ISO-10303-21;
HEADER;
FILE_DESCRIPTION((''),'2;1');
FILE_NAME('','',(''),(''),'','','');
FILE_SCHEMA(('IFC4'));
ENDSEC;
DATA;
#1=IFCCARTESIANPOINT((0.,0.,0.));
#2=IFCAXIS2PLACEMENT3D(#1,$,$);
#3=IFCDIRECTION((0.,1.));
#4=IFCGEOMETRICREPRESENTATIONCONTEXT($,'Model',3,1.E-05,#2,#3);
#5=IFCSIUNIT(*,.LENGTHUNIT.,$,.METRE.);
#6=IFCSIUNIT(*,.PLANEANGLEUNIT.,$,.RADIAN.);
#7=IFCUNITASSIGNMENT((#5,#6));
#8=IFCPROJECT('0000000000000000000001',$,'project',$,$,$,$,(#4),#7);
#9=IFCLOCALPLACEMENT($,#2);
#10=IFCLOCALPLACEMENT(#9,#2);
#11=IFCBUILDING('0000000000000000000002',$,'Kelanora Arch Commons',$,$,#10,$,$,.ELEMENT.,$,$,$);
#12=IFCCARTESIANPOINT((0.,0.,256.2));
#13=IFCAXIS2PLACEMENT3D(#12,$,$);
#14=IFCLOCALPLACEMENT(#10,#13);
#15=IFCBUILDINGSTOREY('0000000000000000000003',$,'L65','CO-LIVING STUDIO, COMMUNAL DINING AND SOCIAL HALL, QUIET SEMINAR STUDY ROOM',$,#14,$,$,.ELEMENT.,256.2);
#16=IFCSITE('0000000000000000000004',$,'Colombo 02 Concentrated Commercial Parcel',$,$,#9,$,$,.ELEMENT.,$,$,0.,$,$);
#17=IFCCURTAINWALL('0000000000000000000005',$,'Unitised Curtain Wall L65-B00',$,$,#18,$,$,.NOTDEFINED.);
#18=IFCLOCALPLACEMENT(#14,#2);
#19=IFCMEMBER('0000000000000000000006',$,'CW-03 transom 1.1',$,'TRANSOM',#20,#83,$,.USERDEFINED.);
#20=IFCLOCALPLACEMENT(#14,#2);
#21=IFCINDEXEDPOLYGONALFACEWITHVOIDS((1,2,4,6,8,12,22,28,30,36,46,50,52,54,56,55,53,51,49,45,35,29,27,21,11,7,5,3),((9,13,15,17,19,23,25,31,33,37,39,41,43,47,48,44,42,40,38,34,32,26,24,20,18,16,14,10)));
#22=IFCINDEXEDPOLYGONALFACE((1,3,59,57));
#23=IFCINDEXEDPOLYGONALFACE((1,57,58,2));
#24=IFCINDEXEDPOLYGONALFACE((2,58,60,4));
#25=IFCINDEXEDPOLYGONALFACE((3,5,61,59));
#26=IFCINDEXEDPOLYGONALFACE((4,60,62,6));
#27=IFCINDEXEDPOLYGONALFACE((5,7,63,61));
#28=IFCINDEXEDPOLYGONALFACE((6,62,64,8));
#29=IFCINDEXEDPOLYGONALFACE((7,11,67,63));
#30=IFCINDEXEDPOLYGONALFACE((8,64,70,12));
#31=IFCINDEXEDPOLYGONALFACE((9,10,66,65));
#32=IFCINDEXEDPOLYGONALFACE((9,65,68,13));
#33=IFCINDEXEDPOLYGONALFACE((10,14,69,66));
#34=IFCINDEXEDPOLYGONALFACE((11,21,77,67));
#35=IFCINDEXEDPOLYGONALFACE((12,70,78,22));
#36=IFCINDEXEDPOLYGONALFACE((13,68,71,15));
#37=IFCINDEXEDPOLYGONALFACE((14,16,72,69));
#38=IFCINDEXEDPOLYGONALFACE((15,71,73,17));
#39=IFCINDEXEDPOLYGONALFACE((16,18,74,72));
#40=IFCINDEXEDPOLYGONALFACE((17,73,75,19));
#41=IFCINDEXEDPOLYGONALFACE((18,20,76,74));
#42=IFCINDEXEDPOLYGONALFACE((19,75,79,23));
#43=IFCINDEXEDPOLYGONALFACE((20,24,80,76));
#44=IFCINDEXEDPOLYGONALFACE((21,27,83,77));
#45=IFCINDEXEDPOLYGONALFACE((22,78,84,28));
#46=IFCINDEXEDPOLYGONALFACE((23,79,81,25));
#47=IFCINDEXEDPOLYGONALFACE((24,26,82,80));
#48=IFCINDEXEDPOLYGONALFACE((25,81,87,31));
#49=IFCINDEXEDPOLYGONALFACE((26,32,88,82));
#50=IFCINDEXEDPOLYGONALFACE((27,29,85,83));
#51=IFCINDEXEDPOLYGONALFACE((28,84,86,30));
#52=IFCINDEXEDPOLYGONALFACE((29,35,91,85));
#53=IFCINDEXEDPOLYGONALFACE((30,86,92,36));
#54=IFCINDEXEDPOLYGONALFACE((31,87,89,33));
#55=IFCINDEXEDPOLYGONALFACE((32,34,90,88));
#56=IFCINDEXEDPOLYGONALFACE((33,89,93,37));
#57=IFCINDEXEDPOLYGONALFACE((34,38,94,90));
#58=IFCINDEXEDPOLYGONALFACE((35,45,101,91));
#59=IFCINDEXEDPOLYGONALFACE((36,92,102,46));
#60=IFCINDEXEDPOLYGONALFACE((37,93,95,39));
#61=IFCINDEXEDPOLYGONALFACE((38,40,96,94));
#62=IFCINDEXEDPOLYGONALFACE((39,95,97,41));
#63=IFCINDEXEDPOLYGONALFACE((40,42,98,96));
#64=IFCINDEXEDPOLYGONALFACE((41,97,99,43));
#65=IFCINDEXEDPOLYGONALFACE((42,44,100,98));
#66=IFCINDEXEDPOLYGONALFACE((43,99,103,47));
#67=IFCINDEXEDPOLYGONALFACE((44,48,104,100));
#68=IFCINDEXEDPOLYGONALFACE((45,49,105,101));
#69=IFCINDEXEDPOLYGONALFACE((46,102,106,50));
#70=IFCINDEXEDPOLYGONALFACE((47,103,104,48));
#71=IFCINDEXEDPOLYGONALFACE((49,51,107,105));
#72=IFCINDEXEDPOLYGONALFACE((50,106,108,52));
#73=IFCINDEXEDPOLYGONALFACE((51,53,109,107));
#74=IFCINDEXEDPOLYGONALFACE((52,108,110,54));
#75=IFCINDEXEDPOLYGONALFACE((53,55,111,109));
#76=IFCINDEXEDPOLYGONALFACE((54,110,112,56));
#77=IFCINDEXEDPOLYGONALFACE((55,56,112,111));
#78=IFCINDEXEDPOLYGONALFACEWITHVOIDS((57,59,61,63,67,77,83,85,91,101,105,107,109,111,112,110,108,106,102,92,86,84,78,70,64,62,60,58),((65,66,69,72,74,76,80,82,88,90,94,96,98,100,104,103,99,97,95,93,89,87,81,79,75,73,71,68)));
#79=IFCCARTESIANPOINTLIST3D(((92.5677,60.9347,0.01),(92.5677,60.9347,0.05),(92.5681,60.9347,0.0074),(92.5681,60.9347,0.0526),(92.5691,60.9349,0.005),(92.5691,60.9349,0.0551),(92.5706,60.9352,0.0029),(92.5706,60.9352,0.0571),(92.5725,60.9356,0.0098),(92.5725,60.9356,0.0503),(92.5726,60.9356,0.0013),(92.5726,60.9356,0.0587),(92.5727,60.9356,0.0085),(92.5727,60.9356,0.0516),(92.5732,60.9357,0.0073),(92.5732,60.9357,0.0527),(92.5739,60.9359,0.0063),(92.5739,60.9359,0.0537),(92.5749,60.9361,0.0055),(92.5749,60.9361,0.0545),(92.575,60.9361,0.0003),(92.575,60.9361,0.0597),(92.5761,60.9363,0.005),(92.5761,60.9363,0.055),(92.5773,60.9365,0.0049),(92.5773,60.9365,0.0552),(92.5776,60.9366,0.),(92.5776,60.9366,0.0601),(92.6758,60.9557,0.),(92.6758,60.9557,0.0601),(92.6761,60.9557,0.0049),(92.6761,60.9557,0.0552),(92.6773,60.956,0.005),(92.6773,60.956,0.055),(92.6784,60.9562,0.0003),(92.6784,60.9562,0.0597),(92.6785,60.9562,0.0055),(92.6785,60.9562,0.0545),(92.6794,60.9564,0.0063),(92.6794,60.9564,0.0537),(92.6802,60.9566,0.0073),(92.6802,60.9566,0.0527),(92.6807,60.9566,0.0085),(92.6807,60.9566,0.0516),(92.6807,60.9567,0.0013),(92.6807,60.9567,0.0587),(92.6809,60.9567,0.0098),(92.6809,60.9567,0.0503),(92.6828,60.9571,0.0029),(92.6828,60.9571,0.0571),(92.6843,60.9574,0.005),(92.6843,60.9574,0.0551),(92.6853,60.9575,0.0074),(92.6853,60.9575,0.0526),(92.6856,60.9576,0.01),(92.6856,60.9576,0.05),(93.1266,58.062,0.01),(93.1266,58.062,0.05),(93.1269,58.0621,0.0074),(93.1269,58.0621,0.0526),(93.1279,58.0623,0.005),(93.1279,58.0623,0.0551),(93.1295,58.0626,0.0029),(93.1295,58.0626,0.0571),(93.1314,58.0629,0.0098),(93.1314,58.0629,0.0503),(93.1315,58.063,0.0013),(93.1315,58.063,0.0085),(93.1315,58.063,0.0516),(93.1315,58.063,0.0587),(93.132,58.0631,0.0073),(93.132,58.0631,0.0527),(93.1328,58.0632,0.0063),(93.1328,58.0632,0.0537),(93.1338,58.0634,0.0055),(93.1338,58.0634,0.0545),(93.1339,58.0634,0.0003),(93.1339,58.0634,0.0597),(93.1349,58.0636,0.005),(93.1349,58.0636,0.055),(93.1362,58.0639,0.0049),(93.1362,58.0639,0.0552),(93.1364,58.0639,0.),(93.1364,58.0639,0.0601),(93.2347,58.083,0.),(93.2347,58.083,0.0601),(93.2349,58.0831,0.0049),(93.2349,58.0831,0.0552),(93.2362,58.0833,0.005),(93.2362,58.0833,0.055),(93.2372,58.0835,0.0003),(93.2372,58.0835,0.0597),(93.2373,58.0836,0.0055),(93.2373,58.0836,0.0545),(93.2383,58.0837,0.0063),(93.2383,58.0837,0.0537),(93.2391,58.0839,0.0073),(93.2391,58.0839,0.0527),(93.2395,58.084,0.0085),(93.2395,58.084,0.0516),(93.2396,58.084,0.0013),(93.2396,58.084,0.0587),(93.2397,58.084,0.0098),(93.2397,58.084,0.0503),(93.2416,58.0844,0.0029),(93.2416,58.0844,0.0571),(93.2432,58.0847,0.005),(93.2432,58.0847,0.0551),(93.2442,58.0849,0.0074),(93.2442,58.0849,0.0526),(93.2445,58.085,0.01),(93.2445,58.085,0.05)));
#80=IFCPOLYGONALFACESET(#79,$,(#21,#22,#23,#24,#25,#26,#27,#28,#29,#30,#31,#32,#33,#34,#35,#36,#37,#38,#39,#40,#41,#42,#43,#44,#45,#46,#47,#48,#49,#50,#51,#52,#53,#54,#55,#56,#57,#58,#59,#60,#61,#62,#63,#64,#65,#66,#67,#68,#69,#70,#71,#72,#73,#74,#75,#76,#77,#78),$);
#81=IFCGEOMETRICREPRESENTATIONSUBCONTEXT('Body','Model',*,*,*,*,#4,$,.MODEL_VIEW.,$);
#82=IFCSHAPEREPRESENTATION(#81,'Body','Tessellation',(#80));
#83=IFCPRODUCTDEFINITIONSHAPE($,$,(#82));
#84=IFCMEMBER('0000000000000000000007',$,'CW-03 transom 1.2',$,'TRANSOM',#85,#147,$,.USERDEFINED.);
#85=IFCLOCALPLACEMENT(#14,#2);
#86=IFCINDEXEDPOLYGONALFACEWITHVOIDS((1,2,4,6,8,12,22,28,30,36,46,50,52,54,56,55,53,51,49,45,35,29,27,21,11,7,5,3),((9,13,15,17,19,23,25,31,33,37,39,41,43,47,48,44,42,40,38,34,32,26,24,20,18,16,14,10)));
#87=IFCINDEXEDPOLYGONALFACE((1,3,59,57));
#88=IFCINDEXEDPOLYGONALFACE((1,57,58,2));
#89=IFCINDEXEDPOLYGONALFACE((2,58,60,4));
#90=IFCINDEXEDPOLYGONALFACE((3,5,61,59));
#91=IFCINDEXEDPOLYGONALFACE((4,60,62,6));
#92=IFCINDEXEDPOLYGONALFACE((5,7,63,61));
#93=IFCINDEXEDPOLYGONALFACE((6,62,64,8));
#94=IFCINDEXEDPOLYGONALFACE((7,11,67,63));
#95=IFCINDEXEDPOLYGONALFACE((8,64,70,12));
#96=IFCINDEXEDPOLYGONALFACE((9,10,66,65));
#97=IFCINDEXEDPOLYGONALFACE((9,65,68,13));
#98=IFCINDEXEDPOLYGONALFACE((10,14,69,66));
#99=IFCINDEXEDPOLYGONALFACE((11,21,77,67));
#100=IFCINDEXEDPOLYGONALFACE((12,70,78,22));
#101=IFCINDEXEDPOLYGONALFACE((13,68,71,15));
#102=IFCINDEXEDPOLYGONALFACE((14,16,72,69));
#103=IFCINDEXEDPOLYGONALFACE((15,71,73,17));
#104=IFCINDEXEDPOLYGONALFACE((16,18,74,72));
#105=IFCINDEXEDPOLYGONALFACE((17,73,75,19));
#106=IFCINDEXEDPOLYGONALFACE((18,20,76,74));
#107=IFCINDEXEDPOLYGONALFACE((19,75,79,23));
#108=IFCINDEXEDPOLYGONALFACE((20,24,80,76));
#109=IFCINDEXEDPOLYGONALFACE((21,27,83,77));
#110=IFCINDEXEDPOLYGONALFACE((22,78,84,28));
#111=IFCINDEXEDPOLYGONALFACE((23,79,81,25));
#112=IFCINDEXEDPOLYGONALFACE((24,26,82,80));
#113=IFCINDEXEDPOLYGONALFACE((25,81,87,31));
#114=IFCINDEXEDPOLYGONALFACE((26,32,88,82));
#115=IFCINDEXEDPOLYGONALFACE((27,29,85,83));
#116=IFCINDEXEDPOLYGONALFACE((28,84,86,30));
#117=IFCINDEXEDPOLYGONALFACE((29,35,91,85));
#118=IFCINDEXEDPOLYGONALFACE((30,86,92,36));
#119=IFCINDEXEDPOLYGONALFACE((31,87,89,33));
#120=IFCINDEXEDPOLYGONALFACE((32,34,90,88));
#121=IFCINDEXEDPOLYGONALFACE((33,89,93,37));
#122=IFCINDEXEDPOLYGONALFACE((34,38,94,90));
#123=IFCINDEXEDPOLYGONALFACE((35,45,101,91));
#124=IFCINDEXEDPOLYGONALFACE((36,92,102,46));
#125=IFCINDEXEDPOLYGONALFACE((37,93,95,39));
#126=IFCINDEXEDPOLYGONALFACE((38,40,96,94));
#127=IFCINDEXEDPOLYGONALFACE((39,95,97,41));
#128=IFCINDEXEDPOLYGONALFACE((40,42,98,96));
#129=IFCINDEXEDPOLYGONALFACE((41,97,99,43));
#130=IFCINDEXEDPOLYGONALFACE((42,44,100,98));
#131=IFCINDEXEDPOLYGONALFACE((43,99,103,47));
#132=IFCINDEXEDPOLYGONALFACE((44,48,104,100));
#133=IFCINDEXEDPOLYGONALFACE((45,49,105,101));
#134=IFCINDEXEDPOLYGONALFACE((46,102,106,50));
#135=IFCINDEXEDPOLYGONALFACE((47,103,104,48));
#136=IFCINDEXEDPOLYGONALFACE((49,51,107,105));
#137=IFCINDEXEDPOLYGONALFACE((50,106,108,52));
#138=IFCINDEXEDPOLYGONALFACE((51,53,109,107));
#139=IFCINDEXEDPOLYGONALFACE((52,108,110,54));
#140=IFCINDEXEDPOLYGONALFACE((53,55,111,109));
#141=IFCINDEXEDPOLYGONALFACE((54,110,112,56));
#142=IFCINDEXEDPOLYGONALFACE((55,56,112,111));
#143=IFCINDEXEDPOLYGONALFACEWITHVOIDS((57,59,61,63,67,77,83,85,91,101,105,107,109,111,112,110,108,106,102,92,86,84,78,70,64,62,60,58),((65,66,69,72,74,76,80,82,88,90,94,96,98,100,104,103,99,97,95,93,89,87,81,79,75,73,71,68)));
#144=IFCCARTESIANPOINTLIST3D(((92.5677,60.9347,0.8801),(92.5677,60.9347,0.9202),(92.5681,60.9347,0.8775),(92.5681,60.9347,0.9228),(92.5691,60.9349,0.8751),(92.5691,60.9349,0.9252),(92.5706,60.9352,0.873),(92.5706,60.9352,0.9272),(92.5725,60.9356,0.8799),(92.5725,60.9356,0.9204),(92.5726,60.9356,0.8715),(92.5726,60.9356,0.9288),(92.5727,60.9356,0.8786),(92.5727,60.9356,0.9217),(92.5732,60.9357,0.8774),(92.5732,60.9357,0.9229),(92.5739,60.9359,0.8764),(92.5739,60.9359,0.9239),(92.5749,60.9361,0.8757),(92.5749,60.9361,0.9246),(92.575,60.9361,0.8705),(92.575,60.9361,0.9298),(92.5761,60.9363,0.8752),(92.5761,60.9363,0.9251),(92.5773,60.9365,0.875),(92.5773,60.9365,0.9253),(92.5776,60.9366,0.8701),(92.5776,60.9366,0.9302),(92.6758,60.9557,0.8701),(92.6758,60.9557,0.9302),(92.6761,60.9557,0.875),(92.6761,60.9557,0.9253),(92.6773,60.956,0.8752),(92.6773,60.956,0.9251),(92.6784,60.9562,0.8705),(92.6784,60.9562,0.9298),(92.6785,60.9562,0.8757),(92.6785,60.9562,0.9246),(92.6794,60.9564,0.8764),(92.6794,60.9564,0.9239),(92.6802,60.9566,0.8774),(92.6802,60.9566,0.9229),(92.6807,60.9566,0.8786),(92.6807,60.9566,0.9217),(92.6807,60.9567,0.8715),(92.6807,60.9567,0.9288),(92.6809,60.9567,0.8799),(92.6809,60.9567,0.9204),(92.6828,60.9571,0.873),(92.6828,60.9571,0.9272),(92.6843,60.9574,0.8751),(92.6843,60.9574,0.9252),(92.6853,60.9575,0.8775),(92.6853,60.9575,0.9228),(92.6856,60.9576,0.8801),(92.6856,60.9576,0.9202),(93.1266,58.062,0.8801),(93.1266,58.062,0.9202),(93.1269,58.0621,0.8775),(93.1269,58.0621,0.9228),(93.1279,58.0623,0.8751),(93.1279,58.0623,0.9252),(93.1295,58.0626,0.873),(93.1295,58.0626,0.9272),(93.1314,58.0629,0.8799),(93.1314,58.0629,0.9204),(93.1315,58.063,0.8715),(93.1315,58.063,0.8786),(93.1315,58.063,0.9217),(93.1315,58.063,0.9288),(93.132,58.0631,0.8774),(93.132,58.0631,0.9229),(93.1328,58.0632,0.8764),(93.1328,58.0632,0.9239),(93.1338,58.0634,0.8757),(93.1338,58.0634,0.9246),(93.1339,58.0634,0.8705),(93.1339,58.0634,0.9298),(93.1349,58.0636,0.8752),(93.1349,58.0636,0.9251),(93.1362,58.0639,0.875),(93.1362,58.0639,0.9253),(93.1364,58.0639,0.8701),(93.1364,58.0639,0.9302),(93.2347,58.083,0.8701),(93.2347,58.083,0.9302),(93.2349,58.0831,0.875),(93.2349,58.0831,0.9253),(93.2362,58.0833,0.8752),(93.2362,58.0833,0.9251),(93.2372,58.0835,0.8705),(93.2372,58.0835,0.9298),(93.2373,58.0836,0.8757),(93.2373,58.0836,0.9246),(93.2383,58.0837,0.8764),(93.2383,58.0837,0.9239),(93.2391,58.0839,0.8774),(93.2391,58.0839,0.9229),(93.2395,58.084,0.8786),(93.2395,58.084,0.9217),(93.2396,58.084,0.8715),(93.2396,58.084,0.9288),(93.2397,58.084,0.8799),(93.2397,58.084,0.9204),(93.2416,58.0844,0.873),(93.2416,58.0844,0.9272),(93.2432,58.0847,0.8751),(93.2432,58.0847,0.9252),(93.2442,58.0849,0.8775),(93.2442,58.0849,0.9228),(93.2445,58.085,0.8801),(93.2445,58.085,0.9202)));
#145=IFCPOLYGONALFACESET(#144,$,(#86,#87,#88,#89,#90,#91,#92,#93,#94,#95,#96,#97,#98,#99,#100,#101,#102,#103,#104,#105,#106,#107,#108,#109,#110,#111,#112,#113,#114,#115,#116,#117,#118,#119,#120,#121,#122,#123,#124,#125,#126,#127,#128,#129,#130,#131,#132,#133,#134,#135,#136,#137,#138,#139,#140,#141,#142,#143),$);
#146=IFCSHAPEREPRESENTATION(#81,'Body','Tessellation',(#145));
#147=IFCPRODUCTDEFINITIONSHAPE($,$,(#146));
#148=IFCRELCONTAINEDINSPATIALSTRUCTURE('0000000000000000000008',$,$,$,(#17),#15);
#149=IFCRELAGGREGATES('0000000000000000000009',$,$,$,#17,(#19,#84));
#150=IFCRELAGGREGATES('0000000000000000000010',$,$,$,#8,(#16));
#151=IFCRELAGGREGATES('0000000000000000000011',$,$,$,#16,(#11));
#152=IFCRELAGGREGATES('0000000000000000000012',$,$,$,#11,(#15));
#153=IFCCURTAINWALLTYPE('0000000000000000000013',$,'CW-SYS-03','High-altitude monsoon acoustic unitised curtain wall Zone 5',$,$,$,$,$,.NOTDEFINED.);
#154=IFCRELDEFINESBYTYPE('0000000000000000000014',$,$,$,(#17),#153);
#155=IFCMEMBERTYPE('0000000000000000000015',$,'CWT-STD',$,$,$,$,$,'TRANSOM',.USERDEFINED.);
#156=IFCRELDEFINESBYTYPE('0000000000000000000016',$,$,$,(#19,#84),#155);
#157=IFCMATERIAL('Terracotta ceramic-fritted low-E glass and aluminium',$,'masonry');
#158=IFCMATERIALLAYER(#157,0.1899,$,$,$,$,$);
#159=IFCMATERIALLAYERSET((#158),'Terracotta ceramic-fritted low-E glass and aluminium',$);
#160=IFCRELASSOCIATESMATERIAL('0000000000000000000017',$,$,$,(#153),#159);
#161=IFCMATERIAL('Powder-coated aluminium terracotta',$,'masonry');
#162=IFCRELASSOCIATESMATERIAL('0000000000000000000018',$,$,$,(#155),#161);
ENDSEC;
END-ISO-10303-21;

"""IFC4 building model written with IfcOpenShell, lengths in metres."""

from ifc_helpers import new_model, si_unit, direction, frame, origin, origin_2d, place, context, subcontext, project, spatial, hollow_rectangle, extrude, material, layer, layer_set, material_profile, profile_set, type_object, element, aggregate, save


model = new_model("IFC4")

# Units and contexts
model_context = context("Model", 3, precision=1e-05, world=origin(), true_north=direction((0.0, 1.0)))
body_context = subcontext(model_context, "Body", "Model", "MODEL_VIEW")
ifc_project = project(units=[si_unit("LENGTHUNIT", "METRE"), si_unit("PLANEANGLEUNIT", "RADIAN")], contexts=[model_context])

# Site, building, storey
site_placement = place(None, origin())
site = spatial("IfcSite", under=ifc_project, at=site_placement, Name="Colombo 02 Concentrated Commercial Parcel", CompositionType="ELEMENT", RefElevation=0.0)
building_placement = place(site_placement, origin())
building = spatial("IfcBuilding", under=site, at=building_placement, Name="Kelanora Arch Commons", CompositionType="ELEMENT")
storey_placement = place(building_placement, frame((0.0, 0.0, 256.2)))
storey = spatial("IfcBuildingStorey", under=building, at=storey_placement, Name="L65", Description="CO-LIVING STUDIO, COMMUNAL DINING AND SOCIAL HALL, QUIET SEMINAR STUDY ROOM", CompositionType="ELEMENT", Elevation=256.2)

# Curtain wall, members
ifc_material_1 = material(Name="Terracotta ceramic-fritted low-E glass and aluminium", Category="masonry")
ifc_layer_1 = layer(ifc_material_1, 0.1899)
ifc_layer_set_1 = layer_set([ifc_layer_1], Name="Terracotta ceramic-fritted low-E glass and aluminium")
curtain_wall_type = type_object("IfcCurtainWallType", Name="CW-SYS-03", Description="High-altitude monsoon acoustic unitised curtain wall Zone 5", PredefinedType="NOTDEFINED", material=ifc_layer_set_1)
curtain_wall_placement = place(storey_placement, origin())
curtain_wall = element("IfcCurtainWall", 1, at=curtain_wall_placement, inside=storey, type_object=curtain_wall_type, Name="Unitised Curtain Wall L65-B00", PredefinedType="NOTDEFINED")
ifc_material_2 = material(Name="Powder-coated aluminium terracotta", Category="masonry")
ifc_material_profile_1 = material_profile(ifc_material_2, hollow_rectangle(XDim=0.1201, YDim=0.0601, WallThickness=0.0049, InnerFilletRadius=0.0049, OuterFilletRadius=0.01, at=origin_2d()), Name="CWT120x60")
ifc_profile_set_1 = profile_set([ifc_material_profile_1], Name="Powder-coated aluminium terracotta")
member_type_1 = type_object("IfcMemberType", Name="CWT-STD", ElementType="TRANSOM", PredefinedType="USERDEFINED", material=ifc_profile_set_1)
member_1_placement = place(storey_placement, frame((93.1855, 58.0735, 0.03), z_axis=(-0.190963, 0.981597, 0.0), x_axis=(-0.981597, -0.190963, 0.0)))
member_1 = element("IfcMember", 2, at=member_1_placement, type_object=member_type_1, Name="CW-03 transom 1.1", ObjectType="TRANSOM", PredefinedType="USERDEFINED", context=body_context, shape_type="SweptSolid", body=[
    extrude(hollow_rectangle(XDim=0.1201, YDim=0.0601, WallThickness=0.0049, InnerFilletRadius=0.0049, OuterFilletRadius=0.01, at=origin_2d()), origin(), (0.0, 0.0, 1.0), 2.9265),
])
member_2_placement = place(storey_placement, frame((93.1855, 58.0735, 0.9001), z_axis=(-0.190963, 0.981597, 0.0), x_axis=(-0.981597, -0.190963, 0.0)))
member_2 = element("IfcMember", 3, at=member_2_placement, type_object=member_type_1, Name="CW-03 transom 1.2", ObjectType="TRANSOM", PredefinedType="USERDEFINED", context=body_context, shape_type="SweptSolid", body=[
    extrude(hollow_rectangle(XDim=0.1201, YDim=0.0601, WallThickness=0.0049, InnerFilletRadius=0.0049, OuterFilletRadius=0.01, at=origin_2d()), origin(), (0.0, 0.0, 1.0), 2.9265),
])
aggregate(curtain_wall, [member_1, member_2])

save(model, "model.ifc")
